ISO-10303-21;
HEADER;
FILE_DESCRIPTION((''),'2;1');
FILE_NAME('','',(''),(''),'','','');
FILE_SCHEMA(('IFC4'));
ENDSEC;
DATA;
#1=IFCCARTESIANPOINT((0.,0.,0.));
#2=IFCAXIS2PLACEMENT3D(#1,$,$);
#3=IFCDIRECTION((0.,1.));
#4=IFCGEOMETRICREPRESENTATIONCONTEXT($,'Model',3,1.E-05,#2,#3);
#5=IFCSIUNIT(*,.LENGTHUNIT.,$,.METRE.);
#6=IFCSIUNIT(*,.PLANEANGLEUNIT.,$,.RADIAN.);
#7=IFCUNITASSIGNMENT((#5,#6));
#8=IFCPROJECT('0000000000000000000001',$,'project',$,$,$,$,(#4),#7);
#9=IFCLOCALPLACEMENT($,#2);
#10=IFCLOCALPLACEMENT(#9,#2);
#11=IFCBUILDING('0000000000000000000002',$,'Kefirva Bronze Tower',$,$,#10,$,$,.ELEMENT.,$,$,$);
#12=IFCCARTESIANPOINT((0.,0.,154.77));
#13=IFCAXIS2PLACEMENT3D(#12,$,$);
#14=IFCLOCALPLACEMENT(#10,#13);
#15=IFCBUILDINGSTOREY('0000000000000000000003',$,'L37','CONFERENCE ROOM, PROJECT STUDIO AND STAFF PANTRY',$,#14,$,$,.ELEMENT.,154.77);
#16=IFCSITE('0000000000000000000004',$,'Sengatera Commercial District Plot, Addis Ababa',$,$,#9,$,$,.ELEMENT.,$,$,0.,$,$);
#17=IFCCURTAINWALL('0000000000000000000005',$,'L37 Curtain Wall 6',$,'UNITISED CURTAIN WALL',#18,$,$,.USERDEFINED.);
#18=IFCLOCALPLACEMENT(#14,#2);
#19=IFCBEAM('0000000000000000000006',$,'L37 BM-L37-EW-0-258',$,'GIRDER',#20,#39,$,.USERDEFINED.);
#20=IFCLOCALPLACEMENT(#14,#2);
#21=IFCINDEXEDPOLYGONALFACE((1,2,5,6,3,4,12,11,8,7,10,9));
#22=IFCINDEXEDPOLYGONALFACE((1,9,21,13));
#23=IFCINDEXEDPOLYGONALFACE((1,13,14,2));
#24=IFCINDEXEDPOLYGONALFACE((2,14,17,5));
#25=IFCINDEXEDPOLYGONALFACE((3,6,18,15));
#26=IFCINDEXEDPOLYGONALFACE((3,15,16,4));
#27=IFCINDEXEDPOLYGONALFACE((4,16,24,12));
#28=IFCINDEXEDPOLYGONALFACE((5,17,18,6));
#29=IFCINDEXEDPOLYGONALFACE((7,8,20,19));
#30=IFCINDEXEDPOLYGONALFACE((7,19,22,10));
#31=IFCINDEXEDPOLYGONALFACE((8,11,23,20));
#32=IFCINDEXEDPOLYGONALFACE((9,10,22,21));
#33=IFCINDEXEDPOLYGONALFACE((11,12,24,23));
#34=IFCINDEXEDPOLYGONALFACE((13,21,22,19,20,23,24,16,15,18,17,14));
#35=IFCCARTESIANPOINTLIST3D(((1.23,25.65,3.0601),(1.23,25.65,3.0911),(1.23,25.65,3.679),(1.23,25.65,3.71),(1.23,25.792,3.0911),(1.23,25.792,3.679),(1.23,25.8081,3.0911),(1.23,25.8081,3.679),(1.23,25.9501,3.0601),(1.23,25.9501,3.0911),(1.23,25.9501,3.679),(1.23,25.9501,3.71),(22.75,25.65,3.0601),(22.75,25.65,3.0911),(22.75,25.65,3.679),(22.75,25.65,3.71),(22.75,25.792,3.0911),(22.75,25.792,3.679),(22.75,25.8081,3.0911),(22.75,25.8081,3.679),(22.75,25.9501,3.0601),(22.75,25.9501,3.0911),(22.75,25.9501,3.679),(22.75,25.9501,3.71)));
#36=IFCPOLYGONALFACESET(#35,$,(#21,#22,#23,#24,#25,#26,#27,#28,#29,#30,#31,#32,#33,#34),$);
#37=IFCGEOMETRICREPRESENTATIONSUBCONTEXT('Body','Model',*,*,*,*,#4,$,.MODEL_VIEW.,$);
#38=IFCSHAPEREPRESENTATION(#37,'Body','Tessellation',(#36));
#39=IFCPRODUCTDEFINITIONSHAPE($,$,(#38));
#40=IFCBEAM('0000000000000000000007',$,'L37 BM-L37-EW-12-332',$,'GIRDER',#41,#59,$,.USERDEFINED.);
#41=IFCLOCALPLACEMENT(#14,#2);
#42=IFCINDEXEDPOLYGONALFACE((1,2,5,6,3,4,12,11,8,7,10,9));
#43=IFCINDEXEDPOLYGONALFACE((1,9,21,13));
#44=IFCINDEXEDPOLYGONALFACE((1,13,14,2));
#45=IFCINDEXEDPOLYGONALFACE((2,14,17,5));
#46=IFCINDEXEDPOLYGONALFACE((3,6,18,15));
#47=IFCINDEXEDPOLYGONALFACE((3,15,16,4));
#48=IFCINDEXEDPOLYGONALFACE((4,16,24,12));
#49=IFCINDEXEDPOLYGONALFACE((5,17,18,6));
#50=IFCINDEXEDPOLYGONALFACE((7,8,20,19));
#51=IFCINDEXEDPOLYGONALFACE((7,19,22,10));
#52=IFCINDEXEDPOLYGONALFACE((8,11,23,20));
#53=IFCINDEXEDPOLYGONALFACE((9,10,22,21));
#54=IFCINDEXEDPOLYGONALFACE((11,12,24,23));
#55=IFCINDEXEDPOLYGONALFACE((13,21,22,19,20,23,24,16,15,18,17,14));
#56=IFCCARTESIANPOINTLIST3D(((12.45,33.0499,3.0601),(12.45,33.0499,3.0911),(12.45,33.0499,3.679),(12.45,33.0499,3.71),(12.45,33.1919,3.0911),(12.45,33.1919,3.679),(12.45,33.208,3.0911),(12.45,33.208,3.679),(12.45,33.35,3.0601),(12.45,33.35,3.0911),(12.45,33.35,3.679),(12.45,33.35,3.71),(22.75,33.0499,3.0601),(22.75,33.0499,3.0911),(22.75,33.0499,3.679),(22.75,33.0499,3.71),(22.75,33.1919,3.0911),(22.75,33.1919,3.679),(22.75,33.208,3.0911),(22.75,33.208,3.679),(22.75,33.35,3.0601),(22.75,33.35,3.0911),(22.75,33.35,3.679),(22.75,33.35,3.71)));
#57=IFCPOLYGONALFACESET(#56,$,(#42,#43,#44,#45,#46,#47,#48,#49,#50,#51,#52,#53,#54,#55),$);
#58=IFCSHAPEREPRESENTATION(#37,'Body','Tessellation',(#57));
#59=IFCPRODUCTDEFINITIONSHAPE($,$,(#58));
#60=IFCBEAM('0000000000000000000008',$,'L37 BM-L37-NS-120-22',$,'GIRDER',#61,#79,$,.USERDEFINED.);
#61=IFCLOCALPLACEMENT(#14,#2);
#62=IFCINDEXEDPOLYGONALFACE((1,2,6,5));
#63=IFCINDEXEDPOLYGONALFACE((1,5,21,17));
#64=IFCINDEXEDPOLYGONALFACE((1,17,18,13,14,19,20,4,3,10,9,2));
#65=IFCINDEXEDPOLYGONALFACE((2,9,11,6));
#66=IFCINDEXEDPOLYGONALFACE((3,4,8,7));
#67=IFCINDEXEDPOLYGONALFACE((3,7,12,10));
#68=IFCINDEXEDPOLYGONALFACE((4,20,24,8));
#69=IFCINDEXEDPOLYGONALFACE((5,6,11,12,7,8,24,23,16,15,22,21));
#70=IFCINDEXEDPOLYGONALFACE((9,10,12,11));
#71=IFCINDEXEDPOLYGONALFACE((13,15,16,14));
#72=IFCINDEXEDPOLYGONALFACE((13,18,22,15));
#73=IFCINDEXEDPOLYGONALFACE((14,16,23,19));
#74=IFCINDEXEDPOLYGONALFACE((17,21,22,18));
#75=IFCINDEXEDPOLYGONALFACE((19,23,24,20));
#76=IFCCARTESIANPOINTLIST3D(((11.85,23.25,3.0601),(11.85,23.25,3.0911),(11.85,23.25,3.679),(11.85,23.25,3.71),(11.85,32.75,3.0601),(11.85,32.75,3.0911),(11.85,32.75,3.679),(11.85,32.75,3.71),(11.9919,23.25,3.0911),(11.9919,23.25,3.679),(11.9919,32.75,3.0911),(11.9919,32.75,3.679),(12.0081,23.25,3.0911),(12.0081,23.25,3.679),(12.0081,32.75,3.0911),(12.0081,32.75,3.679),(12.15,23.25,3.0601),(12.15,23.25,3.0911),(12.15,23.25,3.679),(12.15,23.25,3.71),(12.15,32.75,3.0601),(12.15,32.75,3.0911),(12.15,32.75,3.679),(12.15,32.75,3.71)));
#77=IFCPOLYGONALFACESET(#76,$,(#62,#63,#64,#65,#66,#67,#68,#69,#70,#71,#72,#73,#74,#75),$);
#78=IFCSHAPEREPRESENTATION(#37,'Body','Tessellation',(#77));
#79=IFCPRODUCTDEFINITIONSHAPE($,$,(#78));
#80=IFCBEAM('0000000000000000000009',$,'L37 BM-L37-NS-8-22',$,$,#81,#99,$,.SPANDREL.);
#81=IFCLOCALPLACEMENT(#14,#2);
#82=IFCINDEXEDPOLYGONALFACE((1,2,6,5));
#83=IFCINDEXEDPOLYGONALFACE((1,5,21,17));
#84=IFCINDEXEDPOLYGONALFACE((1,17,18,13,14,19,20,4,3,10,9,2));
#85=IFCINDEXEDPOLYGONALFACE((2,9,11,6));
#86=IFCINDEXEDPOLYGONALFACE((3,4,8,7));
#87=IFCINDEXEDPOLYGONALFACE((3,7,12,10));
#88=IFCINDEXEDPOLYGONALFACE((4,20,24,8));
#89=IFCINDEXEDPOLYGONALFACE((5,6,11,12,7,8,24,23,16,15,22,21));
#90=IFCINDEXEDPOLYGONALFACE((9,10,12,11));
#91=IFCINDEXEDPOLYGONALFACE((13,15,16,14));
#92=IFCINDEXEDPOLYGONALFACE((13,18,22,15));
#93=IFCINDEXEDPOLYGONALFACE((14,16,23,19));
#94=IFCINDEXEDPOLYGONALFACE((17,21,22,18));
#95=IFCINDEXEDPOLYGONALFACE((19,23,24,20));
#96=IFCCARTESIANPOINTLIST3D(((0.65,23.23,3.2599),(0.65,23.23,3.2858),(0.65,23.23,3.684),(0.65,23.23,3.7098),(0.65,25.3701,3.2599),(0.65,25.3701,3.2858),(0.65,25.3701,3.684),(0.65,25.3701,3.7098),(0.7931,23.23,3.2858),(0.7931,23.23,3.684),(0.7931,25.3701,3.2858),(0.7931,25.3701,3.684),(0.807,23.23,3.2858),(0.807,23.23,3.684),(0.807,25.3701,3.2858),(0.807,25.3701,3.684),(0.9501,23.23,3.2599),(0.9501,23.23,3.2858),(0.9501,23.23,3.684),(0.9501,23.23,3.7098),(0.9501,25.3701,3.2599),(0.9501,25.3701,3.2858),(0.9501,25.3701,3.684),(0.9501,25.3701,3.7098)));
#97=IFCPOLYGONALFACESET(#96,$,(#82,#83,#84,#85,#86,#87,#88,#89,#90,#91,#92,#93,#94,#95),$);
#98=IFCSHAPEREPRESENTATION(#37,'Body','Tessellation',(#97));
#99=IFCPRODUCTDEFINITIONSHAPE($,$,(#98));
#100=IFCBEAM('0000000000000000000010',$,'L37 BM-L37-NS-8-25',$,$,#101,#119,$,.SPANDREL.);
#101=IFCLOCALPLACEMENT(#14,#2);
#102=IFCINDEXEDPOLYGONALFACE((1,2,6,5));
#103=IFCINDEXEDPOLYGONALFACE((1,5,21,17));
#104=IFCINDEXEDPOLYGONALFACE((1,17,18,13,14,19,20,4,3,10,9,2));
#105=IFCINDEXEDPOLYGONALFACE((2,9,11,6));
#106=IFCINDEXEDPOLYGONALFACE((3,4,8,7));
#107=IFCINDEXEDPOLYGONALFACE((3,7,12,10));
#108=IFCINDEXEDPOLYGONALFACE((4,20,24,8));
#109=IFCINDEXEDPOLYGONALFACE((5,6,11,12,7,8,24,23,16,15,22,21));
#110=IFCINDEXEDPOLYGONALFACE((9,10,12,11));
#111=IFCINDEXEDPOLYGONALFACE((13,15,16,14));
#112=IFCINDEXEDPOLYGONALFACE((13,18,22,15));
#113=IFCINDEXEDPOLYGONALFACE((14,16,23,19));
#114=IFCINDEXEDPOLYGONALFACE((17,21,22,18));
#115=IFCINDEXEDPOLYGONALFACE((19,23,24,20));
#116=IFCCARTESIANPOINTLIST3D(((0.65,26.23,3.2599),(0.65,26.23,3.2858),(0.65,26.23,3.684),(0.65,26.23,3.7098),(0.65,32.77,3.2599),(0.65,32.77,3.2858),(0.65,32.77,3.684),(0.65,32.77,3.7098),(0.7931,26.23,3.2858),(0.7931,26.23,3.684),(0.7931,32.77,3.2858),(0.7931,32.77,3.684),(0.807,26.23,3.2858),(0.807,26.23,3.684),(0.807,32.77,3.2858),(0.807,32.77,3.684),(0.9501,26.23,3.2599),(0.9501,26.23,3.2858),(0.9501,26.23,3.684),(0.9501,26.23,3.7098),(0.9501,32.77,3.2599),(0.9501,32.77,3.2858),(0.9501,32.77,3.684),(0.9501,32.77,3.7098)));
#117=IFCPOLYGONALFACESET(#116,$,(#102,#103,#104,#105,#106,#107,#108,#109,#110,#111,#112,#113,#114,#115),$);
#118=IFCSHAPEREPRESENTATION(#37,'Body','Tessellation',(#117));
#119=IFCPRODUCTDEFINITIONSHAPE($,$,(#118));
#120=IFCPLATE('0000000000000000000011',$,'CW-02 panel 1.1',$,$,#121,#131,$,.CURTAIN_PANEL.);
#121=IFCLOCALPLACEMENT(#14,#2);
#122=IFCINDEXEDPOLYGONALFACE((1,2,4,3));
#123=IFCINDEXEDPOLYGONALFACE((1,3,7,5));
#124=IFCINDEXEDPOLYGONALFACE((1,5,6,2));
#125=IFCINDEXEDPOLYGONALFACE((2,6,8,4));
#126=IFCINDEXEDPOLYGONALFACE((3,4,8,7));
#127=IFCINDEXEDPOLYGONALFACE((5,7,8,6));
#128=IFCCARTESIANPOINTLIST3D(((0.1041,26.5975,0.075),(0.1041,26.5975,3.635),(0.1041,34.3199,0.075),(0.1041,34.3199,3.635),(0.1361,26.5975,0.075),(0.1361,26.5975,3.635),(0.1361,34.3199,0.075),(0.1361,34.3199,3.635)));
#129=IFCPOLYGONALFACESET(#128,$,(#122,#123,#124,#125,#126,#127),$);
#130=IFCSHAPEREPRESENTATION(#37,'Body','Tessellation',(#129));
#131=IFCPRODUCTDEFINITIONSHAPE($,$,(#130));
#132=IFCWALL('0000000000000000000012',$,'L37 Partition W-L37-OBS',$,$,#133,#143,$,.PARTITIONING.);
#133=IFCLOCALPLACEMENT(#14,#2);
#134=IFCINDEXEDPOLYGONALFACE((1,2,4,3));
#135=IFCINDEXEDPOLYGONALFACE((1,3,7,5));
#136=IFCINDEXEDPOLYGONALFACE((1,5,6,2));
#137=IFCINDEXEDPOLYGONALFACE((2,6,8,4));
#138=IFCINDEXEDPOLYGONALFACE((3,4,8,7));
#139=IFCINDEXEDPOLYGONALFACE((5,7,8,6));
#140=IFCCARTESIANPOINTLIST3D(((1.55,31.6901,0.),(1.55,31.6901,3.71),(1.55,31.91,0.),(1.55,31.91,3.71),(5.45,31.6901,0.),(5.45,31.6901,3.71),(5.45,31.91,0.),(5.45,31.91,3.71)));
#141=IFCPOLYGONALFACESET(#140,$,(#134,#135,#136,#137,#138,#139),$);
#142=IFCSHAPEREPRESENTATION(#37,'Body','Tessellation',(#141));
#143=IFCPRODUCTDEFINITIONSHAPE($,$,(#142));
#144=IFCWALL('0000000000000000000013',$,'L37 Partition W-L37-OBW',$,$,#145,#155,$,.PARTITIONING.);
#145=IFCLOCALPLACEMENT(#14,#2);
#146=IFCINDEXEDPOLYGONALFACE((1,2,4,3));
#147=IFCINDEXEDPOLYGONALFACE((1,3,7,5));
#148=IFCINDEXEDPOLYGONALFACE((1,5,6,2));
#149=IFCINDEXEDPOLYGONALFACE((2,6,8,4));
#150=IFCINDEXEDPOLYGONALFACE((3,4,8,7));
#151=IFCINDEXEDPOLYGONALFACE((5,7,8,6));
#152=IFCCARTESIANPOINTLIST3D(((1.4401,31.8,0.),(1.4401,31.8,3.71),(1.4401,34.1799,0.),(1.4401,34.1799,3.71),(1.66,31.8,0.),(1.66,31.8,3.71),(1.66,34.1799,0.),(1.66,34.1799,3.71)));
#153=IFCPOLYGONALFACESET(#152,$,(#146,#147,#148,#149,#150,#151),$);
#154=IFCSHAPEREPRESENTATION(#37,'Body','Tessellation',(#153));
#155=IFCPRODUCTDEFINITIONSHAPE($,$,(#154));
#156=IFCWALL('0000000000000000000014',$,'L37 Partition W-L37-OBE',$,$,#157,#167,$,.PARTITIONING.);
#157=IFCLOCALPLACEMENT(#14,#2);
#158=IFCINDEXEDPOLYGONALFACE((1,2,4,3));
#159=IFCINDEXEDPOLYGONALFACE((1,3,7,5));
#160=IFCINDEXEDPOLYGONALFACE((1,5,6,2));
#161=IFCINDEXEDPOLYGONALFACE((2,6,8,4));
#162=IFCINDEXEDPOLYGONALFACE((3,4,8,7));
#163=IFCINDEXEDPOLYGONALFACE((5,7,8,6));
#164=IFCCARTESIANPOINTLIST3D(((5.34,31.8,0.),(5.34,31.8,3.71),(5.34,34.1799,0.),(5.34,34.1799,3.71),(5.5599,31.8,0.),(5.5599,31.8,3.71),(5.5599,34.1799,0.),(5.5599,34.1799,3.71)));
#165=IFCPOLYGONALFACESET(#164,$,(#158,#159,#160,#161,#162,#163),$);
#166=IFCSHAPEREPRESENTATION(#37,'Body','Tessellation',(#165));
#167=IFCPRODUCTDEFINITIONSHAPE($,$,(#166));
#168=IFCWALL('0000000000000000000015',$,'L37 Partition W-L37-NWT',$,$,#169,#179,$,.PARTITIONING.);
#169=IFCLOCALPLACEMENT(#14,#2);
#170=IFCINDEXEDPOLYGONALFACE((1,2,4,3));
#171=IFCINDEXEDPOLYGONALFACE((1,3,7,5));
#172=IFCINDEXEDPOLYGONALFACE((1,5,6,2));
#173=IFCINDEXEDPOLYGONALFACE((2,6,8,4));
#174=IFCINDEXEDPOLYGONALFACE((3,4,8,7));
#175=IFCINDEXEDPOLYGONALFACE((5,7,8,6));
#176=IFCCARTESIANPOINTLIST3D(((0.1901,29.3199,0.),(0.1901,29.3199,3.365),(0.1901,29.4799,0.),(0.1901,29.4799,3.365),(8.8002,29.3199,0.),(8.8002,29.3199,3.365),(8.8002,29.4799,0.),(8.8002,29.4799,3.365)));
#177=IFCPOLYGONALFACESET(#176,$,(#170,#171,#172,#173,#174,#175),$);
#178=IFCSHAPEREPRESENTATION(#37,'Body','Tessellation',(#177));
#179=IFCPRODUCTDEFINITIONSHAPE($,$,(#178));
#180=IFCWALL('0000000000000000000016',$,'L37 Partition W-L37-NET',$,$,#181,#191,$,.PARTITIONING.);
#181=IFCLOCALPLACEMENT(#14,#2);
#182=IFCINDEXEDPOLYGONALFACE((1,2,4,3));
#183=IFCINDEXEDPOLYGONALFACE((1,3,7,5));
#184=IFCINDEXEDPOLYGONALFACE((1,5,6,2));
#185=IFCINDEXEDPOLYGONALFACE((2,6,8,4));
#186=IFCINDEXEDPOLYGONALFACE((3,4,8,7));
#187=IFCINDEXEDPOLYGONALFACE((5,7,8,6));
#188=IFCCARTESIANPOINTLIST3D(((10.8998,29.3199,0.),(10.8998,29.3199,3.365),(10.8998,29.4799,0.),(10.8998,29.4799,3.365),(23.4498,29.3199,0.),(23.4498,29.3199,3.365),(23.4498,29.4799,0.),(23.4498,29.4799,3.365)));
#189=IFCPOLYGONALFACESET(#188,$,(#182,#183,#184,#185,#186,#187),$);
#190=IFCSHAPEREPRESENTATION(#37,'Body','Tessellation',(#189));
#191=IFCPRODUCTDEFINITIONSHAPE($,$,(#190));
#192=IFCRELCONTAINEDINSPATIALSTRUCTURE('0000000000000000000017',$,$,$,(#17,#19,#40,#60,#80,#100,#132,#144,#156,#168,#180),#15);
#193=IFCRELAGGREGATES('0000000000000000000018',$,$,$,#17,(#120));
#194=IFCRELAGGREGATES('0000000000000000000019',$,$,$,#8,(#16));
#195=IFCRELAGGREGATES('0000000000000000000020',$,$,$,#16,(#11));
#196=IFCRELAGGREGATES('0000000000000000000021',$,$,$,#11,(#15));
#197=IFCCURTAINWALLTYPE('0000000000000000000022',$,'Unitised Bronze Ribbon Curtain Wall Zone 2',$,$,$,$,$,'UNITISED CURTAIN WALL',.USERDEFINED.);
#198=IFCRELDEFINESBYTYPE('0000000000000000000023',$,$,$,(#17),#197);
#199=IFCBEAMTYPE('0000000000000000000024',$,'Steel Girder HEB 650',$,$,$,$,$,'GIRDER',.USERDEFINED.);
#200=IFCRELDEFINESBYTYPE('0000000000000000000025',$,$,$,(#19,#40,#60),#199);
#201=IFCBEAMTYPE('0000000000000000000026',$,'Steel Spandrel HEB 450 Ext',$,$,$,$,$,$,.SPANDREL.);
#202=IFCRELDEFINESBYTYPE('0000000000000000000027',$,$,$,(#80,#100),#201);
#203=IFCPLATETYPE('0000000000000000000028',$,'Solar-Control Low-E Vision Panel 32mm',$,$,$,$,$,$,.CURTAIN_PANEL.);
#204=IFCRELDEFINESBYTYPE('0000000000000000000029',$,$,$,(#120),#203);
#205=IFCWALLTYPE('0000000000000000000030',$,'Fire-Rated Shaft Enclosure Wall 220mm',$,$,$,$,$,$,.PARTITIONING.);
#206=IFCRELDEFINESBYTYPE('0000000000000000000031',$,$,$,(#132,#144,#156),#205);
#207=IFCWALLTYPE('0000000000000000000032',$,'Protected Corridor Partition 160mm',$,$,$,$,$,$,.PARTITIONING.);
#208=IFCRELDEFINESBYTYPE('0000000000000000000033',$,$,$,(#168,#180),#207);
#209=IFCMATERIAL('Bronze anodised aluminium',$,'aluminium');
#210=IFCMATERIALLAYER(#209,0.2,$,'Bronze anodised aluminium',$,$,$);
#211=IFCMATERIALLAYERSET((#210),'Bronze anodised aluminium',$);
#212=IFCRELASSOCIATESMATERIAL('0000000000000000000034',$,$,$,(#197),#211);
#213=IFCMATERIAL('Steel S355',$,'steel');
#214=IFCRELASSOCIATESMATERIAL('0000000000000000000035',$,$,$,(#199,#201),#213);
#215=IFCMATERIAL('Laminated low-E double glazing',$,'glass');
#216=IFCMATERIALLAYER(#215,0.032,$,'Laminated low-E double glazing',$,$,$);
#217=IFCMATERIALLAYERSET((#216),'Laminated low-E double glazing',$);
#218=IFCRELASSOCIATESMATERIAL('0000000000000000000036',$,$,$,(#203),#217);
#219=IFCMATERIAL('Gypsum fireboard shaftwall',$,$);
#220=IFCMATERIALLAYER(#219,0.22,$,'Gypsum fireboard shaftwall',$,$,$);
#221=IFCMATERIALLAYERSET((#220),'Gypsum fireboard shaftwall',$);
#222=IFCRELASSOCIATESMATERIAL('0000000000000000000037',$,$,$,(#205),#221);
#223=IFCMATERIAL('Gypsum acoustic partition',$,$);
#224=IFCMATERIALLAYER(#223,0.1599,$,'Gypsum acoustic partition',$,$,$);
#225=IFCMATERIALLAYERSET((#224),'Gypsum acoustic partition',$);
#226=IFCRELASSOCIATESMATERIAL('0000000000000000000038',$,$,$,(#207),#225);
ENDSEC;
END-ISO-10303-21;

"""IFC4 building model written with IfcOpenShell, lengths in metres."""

from ifc_helpers import new_model, si_unit, direction, frame, frame_2d, origin, origin_2d, place, context, subcontext, project, spatial, rectangle, i_section, extrude, material, layer, layer_set, material_profile, profile_set, type_object, element, aggregate, save


model = new_model("IFC4")

# Units and contexts
model_context = context("Model", 3, precision=1e-05, world=origin(), true_north=direction((0.0, 1.0)))
body_context = subcontext(model_context, "Body", "Model", "MODEL_VIEW")
ifc_project = project(units=[si_unit("LENGTHUNIT", "METRE"), si_unit("PLANEANGLEUNIT", "RADIAN")], contexts=[model_context])

# Site, building, storey
site_placement = place(None, origin())
site = spatial("IfcSite", under=ifc_project, at=site_placement, Name="Sengatera Commercial District Plot, Addis Ababa", CompositionType="ELEMENT", RefElevation=0.0)
building_placement = place(site_placement, origin())
building = spatial("IfcBuilding", under=site, at=building_placement, Name="Kefirva Bronze Tower", CompositionType="ELEMENT")
storey_placement = place(building_placement, frame((0.0, 0.0, 154.77)))
storey = spatial("IfcBuildingStorey", under=building, at=storey_placement, Name="L37", Description="CONFERENCE ROOM, PROJECT STUDIO AND STAFF PANTRY", CompositionType="ELEMENT", Elevation=154.77)

# Curtain wall
ifc_material_1 = material(Name="Bronze anodised aluminium", Category="aluminium")
ifc_layer_1 = layer(ifc_material_1, 0.2, Name="Bronze anodised aluminium")
ifc_layer_set_1 = layer_set([ifc_layer_1], Name="Bronze anodised aluminium")
curtain_wall_type = type_object("IfcCurtainWallType", Name="Unitised Bronze Ribbon Curtain Wall Zone 2", ElementType="UNITISED CURTAIN WALL", PredefinedType="USERDEFINED", material=ifc_layer_set_1)
curtain_wall_placement = place(storey_placement, origin())
curtain_wall = element("IfcCurtainWall", 1, at=curtain_wall_placement, inside=storey, type_object=curtain_wall_type, Name="L37 Curtain Wall 6", ObjectType="UNITISED CURTAIN WALL", PredefinedType="USERDEFINED")

# Beams
ifc_material_2 = material(Name="Steel S355", Category="steel")
ifc_material_profile_1 = material_profile(ifc_material_2, i_section(OverallWidth=0.3, OverallDepth=0.6499, WebThickness=0.0161, FlangeThickness=0.031, at=origin_2d()), Name="HEB 650")
ifc_profile_set_1 = profile_set([ifc_material_profile_1], Name="Steel S355")
beam_type_1 = type_object("IfcBeamType", Name="Steel Girder HEB 650", ElementType="GIRDER", PredefinedType="USERDEFINED", material=ifc_profile_set_1)
beam_1_placement = place(storey_placement, frame((1.23, 25.8, 3.385), z_axis=(1.0, 0.0, 0.0), x_axis=(0.0, 1.0, 0.0)))
element("IfcBeam", 2, at=beam_1_placement, inside=storey, type_object=beam_type_1, Name="L37 BM-L37-EW-0-258", ObjectType="GIRDER", PredefinedType="USERDEFINED", context=body_context, shape_type="SweptSolid", body=[
    extrude(i_section(OverallWidth=0.3, OverallDepth=0.6499, WebThickness=0.0161, FlangeThickness=0.031, at=origin_2d()), origin(), (0.0, 0.0, 1.0), 21.52),
])
beam_2_placement = place(storey_placement, frame((12.45, 33.2, 3.385), z_axis=(1.0, 0.0, 0.0), x_axis=(0.0, 1.0, 0.0)))
element("IfcBeam", 3, at=beam_2_placement, inside=storey, type_object=beam_type_1, Name="L37 BM-L37-EW-12-332", ObjectType="GIRDER", PredefinedType="USERDEFINED", context=body_context, shape_type="SweptSolid", body=[
    extrude(i_section(OverallWidth=0.3, OverallDepth=0.6499, WebThickness=0.0161, FlangeThickness=0.031, at=origin_2d()), origin(), (0.0, 0.0, 1.0), 10.3),
])
beam_3_placement = place(storey_placement, frame((12.0, 23.25, 3.385), z_axis=(0.0, 1.0, 0.0), x_axis=(-1.0, 0.0, 0.0)))
element("IfcBeam", 4, at=beam_3_placement, inside=storey, type_object=beam_type_1, Name="L37 BM-L37-NS-120-22", ObjectType="GIRDER", PredefinedType="USERDEFINED", context=body_context, shape_type="SweptSolid", body=[
    extrude(i_section(OverallWidth=0.3, OverallDepth=0.6499, WebThickness=0.0161, FlangeThickness=0.031, at=origin_2d()), origin(), (0.0, 0.0, 1.0), 9.5),
])
ifc_material_profile_2 = material_profile(ifc_material_2, i_section(OverallWidth=0.3, OverallDepth=0.45, WebThickness=0.0139, FlangeThickness=0.0259, at=origin_2d()), Name="HEB 450")
ifc_profile_set_2 = profile_set([ifc_material_profile_2], Name="Steel S355")
beam_type_2 = type_object("IfcBeamType", Name="Steel Spandrel HEB 450 Ext", PredefinedType="SPANDREL", material=ifc_profile_set_2)
beam_4_placement = place(storey_placement, frame((0.8, 23.23, 3.4849), z_axis=(0.0, 1.0, 0.0), x_axis=(-1.0, 0.0, 0.0)))
element("IfcBeam", 5, at=beam_4_placement, inside=storey, type_object=beam_type_2, Name="L37 BM-L37-NS-8-22", PredefinedType="SPANDREL", context=body_context, shape_type="SweptSolid", body=[
    extrude(i_section(OverallWidth=0.3, OverallDepth=0.45, WebThickness=0.0139, FlangeThickness=0.0259, at=origin_2d()), origin(), (0.0, 0.0, 1.0), 2.1401),
])
beam_5_placement = place(storey_placement, frame((0.8, 26.23, 3.4849), z_axis=(0.0, 1.0, 0.0), x_axis=(-1.0, 0.0, 0.0)))
element("IfcBeam", 6, at=beam_5_placement, inside=storey, type_object=beam_type_2, Name="L37 BM-L37-NS-8-25", PredefinedType="SPANDREL", context=body_context, shape_type="SweptSolid", body=[
    extrude(i_section(OverallWidth=0.3, OverallDepth=0.45, WebThickness=0.0139, FlangeThickness=0.0259, at=origin_2d()), origin(), (0.0, 0.0, 1.0), 6.54),
])

# Plate
ifc_material_3 = material(Name="Laminated low-E double glazing", Category="glass")
ifc_layer_2 = layer(ifc_material_3, 0.032, Name="Laminated low-E double glazing")
ifc_layer_set_2 = layer_set([ifc_layer_2], Name="Laminated low-E double glazing")
plate_type = type_object("IfcPlateType", Name="Solar-Control Low-E Vision Panel 32mm", PredefinedType="CURTAIN_PANEL", material=ifc_layer_set_2)
plate_placement = place(storey_placement, frame((0.1201, 30.4587, 0.075), z_axis=(0.0, 0.0, 1.0), x_axis=(0.0, -1.0, 0.0)))
plate = element("IfcPlate", 7, at=plate_placement, type_object=plate_type, Name="CW-02 panel 1.1", PredefinedType="CURTAIN_PANEL", context=body_context, shape_type="SweptSolid", body=[
    extrude(rectangle(XDim=7.7224, YDim=0.032, at=origin_2d()), origin(), (0.0, 0.0, 1.0), 3.5601),
])
aggregate(curtain_wall, [plate])

# Walls
ifc_material_4 = material(Name="Gypsum fireboard shaftwall")
ifc_layer_3 = layer(ifc_material_4, 0.22, Name="Gypsum fireboard shaftwall")
ifc_layer_set_3 = layer_set([ifc_layer_3], Name="Gypsum fireboard shaftwall")
wall_type_1 = type_object("IfcWallType", Name="Fire-Rated Shaft Enclosure Wall 220mm", PredefinedType="PARTITIONING", material=ifc_layer_set_3)
wall_1_placement = place(storey_placement, frame((1.55, 31.8, 0.0), z_axis=(0.0, 0.0, 1.0), x_axis=(1.0, 0.0, 0.0)))
element("IfcWall", 8, at=wall_1_placement, inside=storey, type_object=wall_type_1, Name="L37 Partition W-L37-OBS", PredefinedType="PARTITIONING", context=body_context, shape_type="SweptSolid", body=[
    extrude(rectangle(XDim=3.8999, YDim=0.22, at=frame_2d((1.95, 0.0))), origin(), (0.0, 0.0, 1.0), 3.71),
])
for number, where, z_axis, x_axis, name in (
    (9, (1.55, 31.8, 0.0), (0.0, 0.0, 1.0), (0.0, 1.0, 0.0), "L37 Partition W-L37-OBW"),
    (10, (5.45, 31.8, 0.0), (0.0, 0.0, 1.0), (0.0, 1.0, 0.0), "L37 Partition W-L37-OBE"),
):
    element("IfcWall", number, at=place(storey_placement, frame(where, z_axis=z_axis, x_axis=x_axis)), inside=storey, type_object=wall_type_1, Name=name, PredefinedType="PARTITIONING", context=body_context, shape_type="SweptSolid", body=[
        extrude(rectangle(XDim=2.3799, YDim=0.22, at=frame_2d((1.1899, 0.0))), origin(), (0.0, 0.0, 1.0), 3.71),
    ])
ifc_material_5 = material(Name="Gypsum acoustic partition")
ifc_layer_4 = layer(ifc_material_5, 0.1599, Name="Gypsum acoustic partition")
ifc_layer_set_4 = layer_set([ifc_layer_4], Name="Gypsum acoustic partition")
wall_type_2 = type_object("IfcWallType", Name="Protected Corridor Partition 160mm", PredefinedType="PARTITIONING", material=ifc_layer_set_4)
wall_2_placement = place(storey_placement, frame((0.1899, 29.3999, 0.0), z_axis=(0.0, 0.0, 1.0), x_axis=(1.0, 0.0, 0.0)))
element("IfcWall", 11, at=wall_2_placement, inside=storey, type_object=wall_type_2, Name="L37 Partition W-L37-NWT", PredefinedType="PARTITIONING", context=body_context, shape_type="SweptSolid", body=[
    extrude(rectangle(XDim=8.6101, YDim=0.1599, at=frame_2d((4.3052, 0.0))), origin(), (0.0, 0.0, 1.0), 3.365),
])
wall_3_placement = place(storey_placement, frame((10.8999, 29.3999, 0.0), z_axis=(0.0, 0.0, 1.0), x_axis=(1.0, 0.0, 0.0)))
element("IfcWall", 12, at=wall_3_placement, inside=storey, type_object=wall_type_2, Name="L37 Partition W-L37-NET", PredefinedType="PARTITIONING", context=body_context, shape_type="SweptSolid", body=[
    extrude(rectangle(XDim=12.55, YDim=0.1599, at=frame_2d((6.2749, 0.0))), origin(), (0.0, 0.0, 1.0), 3.365),
])

save(model, "model.ifc")
